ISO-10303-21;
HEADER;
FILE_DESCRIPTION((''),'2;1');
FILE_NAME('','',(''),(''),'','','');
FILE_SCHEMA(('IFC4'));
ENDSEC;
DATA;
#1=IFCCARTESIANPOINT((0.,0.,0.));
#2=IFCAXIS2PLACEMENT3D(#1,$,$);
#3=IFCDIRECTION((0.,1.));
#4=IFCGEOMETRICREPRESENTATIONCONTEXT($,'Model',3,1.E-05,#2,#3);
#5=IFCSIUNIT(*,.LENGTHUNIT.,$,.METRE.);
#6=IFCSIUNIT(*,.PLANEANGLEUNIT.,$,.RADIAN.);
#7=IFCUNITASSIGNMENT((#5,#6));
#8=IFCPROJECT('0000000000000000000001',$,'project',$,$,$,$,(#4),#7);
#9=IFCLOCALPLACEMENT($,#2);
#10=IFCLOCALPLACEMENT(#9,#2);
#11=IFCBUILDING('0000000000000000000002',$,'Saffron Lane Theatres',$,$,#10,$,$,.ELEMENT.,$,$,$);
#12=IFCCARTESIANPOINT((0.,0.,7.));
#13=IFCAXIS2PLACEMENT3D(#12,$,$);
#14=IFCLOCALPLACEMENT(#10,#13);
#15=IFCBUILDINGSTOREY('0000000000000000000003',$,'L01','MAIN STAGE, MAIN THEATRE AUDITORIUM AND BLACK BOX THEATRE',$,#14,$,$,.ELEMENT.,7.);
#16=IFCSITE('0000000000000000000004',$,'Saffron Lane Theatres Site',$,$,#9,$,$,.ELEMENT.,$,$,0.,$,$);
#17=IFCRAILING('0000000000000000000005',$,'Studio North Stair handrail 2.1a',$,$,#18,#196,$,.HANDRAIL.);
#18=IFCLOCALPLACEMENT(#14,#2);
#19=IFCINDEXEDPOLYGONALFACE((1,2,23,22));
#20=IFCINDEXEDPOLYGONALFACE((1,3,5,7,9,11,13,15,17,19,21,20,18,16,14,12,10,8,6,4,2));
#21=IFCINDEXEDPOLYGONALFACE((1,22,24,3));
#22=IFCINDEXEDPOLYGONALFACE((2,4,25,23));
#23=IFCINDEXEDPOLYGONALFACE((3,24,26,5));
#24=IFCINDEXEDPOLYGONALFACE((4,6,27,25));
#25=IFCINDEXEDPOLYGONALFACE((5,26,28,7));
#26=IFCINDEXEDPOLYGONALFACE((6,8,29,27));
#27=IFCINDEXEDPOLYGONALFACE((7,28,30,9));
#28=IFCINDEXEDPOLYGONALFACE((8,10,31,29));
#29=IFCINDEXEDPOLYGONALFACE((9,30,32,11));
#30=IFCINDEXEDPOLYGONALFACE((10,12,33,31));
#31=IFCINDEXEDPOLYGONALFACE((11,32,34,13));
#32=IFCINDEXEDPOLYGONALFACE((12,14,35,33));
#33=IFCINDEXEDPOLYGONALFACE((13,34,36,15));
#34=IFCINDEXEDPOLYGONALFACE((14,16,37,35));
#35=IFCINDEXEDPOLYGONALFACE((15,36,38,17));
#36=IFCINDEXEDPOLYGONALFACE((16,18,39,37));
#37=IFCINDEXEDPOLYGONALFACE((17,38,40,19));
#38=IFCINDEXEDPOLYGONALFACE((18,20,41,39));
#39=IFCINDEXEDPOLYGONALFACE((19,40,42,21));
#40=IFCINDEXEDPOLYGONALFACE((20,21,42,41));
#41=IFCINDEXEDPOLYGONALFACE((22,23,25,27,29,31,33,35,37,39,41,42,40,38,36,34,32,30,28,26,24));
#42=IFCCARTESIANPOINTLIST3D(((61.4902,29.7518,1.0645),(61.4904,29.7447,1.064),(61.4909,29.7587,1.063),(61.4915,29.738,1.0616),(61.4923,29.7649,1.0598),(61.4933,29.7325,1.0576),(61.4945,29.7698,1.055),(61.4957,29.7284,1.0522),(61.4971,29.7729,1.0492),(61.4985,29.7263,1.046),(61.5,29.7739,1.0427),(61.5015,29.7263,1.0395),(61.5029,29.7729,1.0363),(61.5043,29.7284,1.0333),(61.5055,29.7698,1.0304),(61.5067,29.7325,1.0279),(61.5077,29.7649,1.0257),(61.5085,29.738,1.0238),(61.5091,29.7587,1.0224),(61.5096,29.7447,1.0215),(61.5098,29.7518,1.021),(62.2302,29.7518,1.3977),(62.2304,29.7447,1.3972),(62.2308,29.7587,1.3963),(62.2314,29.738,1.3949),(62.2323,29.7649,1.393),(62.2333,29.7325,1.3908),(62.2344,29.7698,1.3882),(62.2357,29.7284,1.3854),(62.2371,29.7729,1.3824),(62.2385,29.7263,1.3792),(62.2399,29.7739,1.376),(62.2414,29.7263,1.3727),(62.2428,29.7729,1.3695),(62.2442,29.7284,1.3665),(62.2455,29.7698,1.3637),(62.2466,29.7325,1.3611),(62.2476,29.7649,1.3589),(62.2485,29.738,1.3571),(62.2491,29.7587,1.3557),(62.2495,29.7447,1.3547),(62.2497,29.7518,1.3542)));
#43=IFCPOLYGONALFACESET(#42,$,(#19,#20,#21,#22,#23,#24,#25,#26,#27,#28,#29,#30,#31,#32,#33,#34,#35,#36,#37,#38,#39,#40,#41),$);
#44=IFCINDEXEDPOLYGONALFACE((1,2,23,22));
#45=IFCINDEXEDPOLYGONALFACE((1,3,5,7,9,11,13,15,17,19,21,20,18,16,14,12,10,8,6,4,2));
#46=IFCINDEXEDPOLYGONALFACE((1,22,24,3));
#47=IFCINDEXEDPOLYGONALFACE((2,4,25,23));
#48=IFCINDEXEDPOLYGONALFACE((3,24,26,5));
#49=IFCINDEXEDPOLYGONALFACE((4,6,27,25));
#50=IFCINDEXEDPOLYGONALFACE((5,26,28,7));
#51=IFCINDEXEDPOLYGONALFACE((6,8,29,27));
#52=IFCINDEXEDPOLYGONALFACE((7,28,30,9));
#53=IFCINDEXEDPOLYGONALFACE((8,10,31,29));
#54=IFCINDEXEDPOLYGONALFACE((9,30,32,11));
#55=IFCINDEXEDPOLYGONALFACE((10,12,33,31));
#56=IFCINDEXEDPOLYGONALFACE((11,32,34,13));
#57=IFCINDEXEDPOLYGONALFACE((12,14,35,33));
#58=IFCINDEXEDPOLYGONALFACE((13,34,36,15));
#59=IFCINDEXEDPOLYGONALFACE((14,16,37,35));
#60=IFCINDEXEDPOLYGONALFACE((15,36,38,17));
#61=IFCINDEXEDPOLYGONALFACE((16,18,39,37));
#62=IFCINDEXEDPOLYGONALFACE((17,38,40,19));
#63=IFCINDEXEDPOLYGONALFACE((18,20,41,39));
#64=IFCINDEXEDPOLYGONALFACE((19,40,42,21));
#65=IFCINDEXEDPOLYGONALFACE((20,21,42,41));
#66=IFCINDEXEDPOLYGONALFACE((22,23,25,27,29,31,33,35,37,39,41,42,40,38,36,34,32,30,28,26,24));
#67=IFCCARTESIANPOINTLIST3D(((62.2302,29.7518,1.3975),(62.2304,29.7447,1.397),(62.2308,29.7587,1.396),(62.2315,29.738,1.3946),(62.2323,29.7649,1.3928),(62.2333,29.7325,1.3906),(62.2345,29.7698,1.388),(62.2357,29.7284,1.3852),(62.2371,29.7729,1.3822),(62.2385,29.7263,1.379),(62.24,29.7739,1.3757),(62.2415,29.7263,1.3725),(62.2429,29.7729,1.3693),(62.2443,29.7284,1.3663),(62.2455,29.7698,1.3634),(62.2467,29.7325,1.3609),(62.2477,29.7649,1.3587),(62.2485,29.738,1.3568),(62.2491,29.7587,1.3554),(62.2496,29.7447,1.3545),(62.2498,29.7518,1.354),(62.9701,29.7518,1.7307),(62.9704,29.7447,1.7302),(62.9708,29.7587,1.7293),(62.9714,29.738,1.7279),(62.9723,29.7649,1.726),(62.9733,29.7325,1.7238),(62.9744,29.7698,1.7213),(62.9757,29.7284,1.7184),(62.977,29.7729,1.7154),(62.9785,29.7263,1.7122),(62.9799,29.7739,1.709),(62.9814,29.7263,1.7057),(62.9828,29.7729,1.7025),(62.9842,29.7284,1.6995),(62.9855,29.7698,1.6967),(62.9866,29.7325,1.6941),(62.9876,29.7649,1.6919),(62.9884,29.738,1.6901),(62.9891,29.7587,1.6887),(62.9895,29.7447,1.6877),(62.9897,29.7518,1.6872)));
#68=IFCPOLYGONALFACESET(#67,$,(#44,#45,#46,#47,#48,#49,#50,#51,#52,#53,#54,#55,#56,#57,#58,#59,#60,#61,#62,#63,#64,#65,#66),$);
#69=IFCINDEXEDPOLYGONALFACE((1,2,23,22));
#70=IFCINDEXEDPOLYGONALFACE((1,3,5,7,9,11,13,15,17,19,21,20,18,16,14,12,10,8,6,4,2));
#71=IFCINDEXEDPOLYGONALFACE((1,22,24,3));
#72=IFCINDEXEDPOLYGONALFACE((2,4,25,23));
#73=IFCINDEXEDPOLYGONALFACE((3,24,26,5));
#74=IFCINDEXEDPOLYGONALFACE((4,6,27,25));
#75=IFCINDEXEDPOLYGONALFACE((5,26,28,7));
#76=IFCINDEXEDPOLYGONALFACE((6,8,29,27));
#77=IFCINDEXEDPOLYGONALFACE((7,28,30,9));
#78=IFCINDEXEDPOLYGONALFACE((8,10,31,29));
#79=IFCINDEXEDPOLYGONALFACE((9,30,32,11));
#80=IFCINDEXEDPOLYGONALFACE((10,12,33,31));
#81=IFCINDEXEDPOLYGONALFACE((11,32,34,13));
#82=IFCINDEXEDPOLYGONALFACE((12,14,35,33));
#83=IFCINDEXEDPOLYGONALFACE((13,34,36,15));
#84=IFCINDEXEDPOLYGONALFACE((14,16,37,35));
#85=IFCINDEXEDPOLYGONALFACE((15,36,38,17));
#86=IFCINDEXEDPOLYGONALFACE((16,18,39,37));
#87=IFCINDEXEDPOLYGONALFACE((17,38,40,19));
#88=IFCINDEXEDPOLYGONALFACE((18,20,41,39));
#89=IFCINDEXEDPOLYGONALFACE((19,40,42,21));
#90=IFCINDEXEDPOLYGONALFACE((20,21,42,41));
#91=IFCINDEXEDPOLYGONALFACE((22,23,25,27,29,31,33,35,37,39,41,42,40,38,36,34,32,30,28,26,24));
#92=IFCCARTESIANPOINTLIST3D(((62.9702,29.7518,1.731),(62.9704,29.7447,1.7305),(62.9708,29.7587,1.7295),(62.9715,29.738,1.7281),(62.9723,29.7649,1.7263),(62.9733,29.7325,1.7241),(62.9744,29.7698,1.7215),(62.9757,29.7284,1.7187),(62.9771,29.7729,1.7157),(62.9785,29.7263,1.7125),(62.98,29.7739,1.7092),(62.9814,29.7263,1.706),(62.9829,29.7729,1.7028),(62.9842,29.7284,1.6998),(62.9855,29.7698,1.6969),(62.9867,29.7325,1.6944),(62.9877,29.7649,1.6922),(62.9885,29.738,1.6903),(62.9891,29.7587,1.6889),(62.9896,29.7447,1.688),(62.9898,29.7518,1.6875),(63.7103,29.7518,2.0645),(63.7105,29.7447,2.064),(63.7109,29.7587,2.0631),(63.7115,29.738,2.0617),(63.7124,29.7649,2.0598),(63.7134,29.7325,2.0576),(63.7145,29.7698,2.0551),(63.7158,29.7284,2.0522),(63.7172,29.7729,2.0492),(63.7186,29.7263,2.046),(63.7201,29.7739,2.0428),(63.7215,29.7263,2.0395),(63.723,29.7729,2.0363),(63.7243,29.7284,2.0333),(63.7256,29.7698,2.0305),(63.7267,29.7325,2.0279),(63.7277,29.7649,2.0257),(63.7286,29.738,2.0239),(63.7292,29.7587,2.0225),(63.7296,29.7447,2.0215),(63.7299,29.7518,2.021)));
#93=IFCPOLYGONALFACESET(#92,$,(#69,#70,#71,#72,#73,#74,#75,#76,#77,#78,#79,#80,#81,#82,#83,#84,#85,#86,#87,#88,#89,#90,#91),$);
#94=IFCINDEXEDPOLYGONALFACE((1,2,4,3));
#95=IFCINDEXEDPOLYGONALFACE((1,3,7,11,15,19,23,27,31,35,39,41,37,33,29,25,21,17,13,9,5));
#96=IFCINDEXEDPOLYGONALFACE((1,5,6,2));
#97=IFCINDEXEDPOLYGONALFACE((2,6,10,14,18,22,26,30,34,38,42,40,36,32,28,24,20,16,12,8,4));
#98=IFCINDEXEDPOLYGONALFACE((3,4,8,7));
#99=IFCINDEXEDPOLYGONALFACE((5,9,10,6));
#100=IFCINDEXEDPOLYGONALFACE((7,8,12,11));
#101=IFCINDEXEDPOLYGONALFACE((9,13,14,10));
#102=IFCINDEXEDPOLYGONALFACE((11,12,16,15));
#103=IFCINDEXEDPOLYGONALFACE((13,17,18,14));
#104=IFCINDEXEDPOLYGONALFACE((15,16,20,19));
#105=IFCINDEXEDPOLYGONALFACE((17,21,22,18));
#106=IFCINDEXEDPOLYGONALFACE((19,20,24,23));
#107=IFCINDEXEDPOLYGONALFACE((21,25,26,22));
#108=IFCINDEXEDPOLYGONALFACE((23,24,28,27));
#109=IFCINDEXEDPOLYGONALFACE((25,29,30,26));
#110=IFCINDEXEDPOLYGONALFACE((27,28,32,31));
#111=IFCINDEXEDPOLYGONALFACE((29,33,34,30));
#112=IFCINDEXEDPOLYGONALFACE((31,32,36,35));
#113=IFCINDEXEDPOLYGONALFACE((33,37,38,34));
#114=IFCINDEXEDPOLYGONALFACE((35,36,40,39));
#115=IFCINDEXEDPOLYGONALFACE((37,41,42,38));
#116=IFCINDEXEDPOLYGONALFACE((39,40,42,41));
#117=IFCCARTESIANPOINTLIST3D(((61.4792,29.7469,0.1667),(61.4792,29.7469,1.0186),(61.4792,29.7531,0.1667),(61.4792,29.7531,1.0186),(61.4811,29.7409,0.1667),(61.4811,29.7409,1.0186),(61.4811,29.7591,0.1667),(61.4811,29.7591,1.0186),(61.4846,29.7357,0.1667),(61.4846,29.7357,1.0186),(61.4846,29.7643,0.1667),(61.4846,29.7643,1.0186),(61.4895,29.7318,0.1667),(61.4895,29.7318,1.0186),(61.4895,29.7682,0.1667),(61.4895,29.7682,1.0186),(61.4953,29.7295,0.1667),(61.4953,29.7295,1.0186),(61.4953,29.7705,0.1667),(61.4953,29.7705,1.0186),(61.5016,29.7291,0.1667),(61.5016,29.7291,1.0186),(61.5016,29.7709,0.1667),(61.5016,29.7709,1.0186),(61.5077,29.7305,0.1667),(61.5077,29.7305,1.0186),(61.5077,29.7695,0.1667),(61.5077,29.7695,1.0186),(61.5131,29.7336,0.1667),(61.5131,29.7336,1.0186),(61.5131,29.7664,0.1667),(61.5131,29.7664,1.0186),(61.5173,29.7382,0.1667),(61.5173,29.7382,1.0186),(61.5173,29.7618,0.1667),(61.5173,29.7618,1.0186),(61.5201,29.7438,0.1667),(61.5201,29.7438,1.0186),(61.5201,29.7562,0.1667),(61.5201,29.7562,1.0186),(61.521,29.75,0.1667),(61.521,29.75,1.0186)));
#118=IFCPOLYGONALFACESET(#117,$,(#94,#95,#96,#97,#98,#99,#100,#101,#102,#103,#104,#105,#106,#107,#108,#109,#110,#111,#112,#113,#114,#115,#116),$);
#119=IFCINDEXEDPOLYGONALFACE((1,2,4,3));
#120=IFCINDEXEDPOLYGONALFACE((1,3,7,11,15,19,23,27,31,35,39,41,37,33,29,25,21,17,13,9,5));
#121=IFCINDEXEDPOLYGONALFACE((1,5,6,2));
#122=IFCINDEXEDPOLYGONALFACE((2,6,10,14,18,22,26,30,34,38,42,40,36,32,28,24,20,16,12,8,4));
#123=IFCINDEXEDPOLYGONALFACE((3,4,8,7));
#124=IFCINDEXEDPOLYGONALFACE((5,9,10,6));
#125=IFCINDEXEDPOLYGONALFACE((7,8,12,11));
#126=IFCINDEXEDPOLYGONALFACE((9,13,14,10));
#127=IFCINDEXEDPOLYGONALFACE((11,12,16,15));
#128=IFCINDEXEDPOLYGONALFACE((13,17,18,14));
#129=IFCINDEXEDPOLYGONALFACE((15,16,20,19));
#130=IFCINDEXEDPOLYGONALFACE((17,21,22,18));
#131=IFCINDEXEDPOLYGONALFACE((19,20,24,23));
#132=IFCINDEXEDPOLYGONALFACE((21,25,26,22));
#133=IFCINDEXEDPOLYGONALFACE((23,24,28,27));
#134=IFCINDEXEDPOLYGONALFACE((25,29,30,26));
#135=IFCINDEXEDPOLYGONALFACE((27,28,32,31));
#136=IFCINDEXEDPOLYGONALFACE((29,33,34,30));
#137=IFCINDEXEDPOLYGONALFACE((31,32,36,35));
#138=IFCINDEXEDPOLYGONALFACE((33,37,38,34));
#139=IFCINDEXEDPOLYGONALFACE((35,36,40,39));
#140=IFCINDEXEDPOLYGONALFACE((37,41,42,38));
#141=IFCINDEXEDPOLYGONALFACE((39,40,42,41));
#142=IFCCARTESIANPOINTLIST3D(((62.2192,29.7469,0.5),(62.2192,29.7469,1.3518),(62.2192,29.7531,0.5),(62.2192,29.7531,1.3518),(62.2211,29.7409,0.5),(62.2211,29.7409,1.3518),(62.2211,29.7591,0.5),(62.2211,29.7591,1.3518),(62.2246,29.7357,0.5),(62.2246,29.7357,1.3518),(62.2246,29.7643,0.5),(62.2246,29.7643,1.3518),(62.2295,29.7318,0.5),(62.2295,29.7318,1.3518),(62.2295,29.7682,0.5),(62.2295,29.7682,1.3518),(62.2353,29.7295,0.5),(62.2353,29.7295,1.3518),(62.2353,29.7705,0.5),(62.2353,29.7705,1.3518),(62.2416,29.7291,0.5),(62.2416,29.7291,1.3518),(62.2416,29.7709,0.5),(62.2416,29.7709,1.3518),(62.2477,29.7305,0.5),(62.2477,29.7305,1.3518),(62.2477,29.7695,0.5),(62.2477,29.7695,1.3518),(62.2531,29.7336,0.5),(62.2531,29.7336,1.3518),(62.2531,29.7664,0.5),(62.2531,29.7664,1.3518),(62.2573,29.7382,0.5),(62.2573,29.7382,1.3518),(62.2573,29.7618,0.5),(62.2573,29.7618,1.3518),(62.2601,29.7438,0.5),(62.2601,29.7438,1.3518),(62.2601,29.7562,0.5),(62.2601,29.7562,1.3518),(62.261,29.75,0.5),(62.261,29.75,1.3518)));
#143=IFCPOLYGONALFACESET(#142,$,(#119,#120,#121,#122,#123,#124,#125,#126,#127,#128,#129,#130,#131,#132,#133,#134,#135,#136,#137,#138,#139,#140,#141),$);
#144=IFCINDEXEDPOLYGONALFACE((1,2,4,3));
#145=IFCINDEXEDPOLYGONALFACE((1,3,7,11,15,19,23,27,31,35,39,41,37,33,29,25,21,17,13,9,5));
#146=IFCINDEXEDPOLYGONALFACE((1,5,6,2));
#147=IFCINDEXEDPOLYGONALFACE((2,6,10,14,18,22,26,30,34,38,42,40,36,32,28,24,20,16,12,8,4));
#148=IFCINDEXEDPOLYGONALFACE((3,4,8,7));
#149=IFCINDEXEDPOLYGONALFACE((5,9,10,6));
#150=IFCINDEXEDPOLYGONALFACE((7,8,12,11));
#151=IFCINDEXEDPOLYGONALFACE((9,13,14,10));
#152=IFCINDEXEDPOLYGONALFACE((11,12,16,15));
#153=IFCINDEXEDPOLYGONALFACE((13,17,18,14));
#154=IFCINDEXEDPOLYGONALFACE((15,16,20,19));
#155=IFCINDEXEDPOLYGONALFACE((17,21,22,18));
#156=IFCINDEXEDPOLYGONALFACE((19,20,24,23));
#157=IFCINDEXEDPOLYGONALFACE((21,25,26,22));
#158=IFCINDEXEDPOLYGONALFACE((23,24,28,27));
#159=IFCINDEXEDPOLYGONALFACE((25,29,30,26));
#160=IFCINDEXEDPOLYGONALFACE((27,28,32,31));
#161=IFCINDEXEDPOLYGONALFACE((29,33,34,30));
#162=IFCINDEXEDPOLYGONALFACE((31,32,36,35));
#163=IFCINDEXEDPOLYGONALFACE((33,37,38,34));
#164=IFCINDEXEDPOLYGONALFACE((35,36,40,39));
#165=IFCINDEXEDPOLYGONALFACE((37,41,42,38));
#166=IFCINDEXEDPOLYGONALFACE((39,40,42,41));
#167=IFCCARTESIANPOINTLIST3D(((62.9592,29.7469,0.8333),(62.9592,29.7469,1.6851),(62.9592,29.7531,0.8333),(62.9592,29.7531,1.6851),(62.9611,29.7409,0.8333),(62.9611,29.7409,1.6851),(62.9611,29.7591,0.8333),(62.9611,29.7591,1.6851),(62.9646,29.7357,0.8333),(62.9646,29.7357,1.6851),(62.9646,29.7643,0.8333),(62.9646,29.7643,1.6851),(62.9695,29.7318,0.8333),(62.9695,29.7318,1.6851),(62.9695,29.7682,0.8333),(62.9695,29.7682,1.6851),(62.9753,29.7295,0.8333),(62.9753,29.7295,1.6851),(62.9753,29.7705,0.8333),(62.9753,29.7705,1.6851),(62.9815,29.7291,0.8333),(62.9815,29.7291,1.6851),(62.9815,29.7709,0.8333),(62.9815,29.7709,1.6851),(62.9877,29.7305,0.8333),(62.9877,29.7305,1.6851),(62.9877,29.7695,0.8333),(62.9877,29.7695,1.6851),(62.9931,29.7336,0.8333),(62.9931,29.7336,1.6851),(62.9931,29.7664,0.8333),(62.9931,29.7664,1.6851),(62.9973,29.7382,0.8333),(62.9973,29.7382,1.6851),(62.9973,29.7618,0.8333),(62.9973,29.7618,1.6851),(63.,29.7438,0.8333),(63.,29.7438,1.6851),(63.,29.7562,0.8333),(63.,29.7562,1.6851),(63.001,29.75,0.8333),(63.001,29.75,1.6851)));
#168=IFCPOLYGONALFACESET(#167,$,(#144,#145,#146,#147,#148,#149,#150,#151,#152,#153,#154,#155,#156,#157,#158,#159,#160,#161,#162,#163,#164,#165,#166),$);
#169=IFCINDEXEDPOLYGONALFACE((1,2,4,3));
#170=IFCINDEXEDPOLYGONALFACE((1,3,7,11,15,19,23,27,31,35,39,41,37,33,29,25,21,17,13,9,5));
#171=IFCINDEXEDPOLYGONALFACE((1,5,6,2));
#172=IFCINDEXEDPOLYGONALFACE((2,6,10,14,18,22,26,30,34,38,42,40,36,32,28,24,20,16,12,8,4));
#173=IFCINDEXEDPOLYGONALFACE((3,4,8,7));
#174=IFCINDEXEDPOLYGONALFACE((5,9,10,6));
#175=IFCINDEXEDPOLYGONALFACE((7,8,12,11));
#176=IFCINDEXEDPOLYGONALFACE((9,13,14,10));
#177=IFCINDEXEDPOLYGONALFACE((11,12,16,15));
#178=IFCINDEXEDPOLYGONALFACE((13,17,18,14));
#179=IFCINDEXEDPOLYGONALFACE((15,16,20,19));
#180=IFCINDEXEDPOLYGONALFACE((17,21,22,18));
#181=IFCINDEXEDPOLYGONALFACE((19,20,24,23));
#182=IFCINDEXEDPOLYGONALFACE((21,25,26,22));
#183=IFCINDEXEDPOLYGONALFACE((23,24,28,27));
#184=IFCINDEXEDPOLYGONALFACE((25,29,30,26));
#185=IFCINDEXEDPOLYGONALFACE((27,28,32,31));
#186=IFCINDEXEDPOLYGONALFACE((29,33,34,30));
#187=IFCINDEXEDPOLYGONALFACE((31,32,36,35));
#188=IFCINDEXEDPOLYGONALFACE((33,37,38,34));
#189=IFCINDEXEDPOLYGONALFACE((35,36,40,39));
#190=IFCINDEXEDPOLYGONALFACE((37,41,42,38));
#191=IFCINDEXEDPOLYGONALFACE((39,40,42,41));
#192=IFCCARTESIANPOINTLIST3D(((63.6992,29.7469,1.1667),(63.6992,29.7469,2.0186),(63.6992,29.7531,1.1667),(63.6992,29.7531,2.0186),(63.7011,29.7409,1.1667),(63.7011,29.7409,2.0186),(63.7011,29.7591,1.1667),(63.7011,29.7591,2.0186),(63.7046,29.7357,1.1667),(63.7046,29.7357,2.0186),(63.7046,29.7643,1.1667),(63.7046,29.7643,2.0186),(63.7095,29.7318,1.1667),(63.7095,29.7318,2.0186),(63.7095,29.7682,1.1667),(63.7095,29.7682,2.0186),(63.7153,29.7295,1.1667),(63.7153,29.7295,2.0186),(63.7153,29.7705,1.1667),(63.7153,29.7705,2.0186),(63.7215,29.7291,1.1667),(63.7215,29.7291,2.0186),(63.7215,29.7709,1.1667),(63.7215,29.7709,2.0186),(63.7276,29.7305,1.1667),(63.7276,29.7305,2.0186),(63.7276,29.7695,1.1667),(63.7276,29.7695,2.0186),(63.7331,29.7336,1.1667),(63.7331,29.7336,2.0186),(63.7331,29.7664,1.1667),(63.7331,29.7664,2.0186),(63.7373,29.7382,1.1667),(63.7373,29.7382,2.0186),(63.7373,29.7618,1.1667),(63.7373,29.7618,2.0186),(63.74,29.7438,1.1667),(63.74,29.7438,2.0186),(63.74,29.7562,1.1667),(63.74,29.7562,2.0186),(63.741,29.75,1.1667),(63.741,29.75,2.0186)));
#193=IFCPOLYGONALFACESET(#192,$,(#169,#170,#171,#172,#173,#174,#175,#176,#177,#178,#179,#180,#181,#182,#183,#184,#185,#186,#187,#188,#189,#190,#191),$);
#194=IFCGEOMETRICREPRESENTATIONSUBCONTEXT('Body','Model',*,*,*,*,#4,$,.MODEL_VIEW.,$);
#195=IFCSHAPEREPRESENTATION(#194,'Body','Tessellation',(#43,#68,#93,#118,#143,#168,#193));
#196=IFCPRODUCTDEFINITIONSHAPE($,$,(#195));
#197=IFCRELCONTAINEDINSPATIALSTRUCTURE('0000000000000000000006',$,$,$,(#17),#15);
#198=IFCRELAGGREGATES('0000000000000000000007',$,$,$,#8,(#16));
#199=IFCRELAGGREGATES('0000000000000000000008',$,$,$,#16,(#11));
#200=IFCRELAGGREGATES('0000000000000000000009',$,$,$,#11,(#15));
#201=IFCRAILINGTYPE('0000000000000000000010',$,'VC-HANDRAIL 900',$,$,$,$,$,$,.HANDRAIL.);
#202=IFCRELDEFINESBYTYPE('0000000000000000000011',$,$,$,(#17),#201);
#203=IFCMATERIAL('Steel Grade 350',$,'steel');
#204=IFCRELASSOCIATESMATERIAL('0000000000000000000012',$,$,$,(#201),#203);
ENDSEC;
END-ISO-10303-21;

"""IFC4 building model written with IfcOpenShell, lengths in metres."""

from ifc_helpers import new_model, si_unit, direction, frame, origin, origin_2d, place, context, subcontext, project, spatial, circle, extrude, material, type_object, element, save


model = new_model("IFC4")

# Units and contexts
model_context = context("Model", 3, precision=1e-05, world=origin(), true_north=direction((0.0, 1.0)))
body_context = subcontext(model_context, "Body", "Model", "MODEL_VIEW")
ifc_project = project(units=[si_unit("LENGTHUNIT", "METRE"), si_unit("PLANEANGLEUNIT", "RADIAN")], contexts=[model_context])

# Site, building, storey
site_placement = place(None, origin())
site = spatial("IfcSite", under=ifc_project, at=site_placement, Name="Saffron Lane Theatres Site", CompositionType="ELEMENT", RefElevation=0.0)
building_placement = place(site_placement, origin())
building = spatial("IfcBuilding", under=site, at=building_placement, Name="Saffron Lane Theatres", CompositionType="ELEMENT")
storey_placement = place(building_placement, frame((0.0, 0.0, 7.0)))
storey = spatial("IfcBuildingStorey", under=building, at=storey_placement, Name="L01", Description="MAIN STAGE, MAIN THEATRE AUDITORIUM AND BLACK BOX THEATRE", CompositionType="ELEMENT", Elevation=7.0)

# Railing
ifc_material_1 = material(Name="Steel Grade 350", Category="steel")
railing_type_1 = type_object("IfcRailingType", Name="VC-HANDRAIL 900", PredefinedType="HANDRAIL", material=ifc_material_1)
for number, where, name in (
    (1, (61.5, 29.75, 0.1667), "Studio North Stair handrail 2.1a"),
):
    element("IfcRailing", number, at=place(storey_placement, frame(where)), inside=storey, type_object=railing_type_1, Name=name, PredefinedType="HANDRAIL", context=body_context, shape_type="SweptSolid", body=[
        extrude(circle(Radius=0.0239, at=origin_2d()), frame((0.0, 0.0, 0.876), z_axis=(0.911803, 0.0, 0.410627), x_axis=(0.0, 1.0, 0.0)), (0.0, 0.0, 1.0), 0.8115),
        extrude(circle(Radius=0.0239, at=origin_2d()), frame((0.74, 0.0, 1.209), z_axis=(0.911803, 0.0, 0.410627), x_axis=(0.0, 1.0, 0.0)), (0.0, 0.0, 1.0), 0.8115),
        extrude(circle(Radius=0.0239, at=origin_2d()), frame((1.48, 0.0, 1.5425), z_axis=(0.911691, 0.0, 0.410877), x_axis=(0.0, 1.0, 0.0)), (0.0, 0.0, 1.0), 0.8118),
        extrude(circle(Radius=0.021, at=origin_2d()), origin(), (0.0, 0.0, 1.0), 0.8518),
        extrude(circle(Radius=0.021, at=origin_2d()), frame((0.74, 0.0, 0.3333)), (0.0, 0.0, 1.0), 0.8518),
        extrude(circle(Radius=0.021, at=origin_2d()), frame((1.48, 0.0, 0.6665)), (0.0, 0.0, 1.0), 0.8518),
        extrude(circle(Radius=0.021, at=origin_2d()), frame((2.22, 0.0, 1.0)), (0.0, 0.0, 1.0), 0.8518),
    ])

save(model, "model.ifc")
